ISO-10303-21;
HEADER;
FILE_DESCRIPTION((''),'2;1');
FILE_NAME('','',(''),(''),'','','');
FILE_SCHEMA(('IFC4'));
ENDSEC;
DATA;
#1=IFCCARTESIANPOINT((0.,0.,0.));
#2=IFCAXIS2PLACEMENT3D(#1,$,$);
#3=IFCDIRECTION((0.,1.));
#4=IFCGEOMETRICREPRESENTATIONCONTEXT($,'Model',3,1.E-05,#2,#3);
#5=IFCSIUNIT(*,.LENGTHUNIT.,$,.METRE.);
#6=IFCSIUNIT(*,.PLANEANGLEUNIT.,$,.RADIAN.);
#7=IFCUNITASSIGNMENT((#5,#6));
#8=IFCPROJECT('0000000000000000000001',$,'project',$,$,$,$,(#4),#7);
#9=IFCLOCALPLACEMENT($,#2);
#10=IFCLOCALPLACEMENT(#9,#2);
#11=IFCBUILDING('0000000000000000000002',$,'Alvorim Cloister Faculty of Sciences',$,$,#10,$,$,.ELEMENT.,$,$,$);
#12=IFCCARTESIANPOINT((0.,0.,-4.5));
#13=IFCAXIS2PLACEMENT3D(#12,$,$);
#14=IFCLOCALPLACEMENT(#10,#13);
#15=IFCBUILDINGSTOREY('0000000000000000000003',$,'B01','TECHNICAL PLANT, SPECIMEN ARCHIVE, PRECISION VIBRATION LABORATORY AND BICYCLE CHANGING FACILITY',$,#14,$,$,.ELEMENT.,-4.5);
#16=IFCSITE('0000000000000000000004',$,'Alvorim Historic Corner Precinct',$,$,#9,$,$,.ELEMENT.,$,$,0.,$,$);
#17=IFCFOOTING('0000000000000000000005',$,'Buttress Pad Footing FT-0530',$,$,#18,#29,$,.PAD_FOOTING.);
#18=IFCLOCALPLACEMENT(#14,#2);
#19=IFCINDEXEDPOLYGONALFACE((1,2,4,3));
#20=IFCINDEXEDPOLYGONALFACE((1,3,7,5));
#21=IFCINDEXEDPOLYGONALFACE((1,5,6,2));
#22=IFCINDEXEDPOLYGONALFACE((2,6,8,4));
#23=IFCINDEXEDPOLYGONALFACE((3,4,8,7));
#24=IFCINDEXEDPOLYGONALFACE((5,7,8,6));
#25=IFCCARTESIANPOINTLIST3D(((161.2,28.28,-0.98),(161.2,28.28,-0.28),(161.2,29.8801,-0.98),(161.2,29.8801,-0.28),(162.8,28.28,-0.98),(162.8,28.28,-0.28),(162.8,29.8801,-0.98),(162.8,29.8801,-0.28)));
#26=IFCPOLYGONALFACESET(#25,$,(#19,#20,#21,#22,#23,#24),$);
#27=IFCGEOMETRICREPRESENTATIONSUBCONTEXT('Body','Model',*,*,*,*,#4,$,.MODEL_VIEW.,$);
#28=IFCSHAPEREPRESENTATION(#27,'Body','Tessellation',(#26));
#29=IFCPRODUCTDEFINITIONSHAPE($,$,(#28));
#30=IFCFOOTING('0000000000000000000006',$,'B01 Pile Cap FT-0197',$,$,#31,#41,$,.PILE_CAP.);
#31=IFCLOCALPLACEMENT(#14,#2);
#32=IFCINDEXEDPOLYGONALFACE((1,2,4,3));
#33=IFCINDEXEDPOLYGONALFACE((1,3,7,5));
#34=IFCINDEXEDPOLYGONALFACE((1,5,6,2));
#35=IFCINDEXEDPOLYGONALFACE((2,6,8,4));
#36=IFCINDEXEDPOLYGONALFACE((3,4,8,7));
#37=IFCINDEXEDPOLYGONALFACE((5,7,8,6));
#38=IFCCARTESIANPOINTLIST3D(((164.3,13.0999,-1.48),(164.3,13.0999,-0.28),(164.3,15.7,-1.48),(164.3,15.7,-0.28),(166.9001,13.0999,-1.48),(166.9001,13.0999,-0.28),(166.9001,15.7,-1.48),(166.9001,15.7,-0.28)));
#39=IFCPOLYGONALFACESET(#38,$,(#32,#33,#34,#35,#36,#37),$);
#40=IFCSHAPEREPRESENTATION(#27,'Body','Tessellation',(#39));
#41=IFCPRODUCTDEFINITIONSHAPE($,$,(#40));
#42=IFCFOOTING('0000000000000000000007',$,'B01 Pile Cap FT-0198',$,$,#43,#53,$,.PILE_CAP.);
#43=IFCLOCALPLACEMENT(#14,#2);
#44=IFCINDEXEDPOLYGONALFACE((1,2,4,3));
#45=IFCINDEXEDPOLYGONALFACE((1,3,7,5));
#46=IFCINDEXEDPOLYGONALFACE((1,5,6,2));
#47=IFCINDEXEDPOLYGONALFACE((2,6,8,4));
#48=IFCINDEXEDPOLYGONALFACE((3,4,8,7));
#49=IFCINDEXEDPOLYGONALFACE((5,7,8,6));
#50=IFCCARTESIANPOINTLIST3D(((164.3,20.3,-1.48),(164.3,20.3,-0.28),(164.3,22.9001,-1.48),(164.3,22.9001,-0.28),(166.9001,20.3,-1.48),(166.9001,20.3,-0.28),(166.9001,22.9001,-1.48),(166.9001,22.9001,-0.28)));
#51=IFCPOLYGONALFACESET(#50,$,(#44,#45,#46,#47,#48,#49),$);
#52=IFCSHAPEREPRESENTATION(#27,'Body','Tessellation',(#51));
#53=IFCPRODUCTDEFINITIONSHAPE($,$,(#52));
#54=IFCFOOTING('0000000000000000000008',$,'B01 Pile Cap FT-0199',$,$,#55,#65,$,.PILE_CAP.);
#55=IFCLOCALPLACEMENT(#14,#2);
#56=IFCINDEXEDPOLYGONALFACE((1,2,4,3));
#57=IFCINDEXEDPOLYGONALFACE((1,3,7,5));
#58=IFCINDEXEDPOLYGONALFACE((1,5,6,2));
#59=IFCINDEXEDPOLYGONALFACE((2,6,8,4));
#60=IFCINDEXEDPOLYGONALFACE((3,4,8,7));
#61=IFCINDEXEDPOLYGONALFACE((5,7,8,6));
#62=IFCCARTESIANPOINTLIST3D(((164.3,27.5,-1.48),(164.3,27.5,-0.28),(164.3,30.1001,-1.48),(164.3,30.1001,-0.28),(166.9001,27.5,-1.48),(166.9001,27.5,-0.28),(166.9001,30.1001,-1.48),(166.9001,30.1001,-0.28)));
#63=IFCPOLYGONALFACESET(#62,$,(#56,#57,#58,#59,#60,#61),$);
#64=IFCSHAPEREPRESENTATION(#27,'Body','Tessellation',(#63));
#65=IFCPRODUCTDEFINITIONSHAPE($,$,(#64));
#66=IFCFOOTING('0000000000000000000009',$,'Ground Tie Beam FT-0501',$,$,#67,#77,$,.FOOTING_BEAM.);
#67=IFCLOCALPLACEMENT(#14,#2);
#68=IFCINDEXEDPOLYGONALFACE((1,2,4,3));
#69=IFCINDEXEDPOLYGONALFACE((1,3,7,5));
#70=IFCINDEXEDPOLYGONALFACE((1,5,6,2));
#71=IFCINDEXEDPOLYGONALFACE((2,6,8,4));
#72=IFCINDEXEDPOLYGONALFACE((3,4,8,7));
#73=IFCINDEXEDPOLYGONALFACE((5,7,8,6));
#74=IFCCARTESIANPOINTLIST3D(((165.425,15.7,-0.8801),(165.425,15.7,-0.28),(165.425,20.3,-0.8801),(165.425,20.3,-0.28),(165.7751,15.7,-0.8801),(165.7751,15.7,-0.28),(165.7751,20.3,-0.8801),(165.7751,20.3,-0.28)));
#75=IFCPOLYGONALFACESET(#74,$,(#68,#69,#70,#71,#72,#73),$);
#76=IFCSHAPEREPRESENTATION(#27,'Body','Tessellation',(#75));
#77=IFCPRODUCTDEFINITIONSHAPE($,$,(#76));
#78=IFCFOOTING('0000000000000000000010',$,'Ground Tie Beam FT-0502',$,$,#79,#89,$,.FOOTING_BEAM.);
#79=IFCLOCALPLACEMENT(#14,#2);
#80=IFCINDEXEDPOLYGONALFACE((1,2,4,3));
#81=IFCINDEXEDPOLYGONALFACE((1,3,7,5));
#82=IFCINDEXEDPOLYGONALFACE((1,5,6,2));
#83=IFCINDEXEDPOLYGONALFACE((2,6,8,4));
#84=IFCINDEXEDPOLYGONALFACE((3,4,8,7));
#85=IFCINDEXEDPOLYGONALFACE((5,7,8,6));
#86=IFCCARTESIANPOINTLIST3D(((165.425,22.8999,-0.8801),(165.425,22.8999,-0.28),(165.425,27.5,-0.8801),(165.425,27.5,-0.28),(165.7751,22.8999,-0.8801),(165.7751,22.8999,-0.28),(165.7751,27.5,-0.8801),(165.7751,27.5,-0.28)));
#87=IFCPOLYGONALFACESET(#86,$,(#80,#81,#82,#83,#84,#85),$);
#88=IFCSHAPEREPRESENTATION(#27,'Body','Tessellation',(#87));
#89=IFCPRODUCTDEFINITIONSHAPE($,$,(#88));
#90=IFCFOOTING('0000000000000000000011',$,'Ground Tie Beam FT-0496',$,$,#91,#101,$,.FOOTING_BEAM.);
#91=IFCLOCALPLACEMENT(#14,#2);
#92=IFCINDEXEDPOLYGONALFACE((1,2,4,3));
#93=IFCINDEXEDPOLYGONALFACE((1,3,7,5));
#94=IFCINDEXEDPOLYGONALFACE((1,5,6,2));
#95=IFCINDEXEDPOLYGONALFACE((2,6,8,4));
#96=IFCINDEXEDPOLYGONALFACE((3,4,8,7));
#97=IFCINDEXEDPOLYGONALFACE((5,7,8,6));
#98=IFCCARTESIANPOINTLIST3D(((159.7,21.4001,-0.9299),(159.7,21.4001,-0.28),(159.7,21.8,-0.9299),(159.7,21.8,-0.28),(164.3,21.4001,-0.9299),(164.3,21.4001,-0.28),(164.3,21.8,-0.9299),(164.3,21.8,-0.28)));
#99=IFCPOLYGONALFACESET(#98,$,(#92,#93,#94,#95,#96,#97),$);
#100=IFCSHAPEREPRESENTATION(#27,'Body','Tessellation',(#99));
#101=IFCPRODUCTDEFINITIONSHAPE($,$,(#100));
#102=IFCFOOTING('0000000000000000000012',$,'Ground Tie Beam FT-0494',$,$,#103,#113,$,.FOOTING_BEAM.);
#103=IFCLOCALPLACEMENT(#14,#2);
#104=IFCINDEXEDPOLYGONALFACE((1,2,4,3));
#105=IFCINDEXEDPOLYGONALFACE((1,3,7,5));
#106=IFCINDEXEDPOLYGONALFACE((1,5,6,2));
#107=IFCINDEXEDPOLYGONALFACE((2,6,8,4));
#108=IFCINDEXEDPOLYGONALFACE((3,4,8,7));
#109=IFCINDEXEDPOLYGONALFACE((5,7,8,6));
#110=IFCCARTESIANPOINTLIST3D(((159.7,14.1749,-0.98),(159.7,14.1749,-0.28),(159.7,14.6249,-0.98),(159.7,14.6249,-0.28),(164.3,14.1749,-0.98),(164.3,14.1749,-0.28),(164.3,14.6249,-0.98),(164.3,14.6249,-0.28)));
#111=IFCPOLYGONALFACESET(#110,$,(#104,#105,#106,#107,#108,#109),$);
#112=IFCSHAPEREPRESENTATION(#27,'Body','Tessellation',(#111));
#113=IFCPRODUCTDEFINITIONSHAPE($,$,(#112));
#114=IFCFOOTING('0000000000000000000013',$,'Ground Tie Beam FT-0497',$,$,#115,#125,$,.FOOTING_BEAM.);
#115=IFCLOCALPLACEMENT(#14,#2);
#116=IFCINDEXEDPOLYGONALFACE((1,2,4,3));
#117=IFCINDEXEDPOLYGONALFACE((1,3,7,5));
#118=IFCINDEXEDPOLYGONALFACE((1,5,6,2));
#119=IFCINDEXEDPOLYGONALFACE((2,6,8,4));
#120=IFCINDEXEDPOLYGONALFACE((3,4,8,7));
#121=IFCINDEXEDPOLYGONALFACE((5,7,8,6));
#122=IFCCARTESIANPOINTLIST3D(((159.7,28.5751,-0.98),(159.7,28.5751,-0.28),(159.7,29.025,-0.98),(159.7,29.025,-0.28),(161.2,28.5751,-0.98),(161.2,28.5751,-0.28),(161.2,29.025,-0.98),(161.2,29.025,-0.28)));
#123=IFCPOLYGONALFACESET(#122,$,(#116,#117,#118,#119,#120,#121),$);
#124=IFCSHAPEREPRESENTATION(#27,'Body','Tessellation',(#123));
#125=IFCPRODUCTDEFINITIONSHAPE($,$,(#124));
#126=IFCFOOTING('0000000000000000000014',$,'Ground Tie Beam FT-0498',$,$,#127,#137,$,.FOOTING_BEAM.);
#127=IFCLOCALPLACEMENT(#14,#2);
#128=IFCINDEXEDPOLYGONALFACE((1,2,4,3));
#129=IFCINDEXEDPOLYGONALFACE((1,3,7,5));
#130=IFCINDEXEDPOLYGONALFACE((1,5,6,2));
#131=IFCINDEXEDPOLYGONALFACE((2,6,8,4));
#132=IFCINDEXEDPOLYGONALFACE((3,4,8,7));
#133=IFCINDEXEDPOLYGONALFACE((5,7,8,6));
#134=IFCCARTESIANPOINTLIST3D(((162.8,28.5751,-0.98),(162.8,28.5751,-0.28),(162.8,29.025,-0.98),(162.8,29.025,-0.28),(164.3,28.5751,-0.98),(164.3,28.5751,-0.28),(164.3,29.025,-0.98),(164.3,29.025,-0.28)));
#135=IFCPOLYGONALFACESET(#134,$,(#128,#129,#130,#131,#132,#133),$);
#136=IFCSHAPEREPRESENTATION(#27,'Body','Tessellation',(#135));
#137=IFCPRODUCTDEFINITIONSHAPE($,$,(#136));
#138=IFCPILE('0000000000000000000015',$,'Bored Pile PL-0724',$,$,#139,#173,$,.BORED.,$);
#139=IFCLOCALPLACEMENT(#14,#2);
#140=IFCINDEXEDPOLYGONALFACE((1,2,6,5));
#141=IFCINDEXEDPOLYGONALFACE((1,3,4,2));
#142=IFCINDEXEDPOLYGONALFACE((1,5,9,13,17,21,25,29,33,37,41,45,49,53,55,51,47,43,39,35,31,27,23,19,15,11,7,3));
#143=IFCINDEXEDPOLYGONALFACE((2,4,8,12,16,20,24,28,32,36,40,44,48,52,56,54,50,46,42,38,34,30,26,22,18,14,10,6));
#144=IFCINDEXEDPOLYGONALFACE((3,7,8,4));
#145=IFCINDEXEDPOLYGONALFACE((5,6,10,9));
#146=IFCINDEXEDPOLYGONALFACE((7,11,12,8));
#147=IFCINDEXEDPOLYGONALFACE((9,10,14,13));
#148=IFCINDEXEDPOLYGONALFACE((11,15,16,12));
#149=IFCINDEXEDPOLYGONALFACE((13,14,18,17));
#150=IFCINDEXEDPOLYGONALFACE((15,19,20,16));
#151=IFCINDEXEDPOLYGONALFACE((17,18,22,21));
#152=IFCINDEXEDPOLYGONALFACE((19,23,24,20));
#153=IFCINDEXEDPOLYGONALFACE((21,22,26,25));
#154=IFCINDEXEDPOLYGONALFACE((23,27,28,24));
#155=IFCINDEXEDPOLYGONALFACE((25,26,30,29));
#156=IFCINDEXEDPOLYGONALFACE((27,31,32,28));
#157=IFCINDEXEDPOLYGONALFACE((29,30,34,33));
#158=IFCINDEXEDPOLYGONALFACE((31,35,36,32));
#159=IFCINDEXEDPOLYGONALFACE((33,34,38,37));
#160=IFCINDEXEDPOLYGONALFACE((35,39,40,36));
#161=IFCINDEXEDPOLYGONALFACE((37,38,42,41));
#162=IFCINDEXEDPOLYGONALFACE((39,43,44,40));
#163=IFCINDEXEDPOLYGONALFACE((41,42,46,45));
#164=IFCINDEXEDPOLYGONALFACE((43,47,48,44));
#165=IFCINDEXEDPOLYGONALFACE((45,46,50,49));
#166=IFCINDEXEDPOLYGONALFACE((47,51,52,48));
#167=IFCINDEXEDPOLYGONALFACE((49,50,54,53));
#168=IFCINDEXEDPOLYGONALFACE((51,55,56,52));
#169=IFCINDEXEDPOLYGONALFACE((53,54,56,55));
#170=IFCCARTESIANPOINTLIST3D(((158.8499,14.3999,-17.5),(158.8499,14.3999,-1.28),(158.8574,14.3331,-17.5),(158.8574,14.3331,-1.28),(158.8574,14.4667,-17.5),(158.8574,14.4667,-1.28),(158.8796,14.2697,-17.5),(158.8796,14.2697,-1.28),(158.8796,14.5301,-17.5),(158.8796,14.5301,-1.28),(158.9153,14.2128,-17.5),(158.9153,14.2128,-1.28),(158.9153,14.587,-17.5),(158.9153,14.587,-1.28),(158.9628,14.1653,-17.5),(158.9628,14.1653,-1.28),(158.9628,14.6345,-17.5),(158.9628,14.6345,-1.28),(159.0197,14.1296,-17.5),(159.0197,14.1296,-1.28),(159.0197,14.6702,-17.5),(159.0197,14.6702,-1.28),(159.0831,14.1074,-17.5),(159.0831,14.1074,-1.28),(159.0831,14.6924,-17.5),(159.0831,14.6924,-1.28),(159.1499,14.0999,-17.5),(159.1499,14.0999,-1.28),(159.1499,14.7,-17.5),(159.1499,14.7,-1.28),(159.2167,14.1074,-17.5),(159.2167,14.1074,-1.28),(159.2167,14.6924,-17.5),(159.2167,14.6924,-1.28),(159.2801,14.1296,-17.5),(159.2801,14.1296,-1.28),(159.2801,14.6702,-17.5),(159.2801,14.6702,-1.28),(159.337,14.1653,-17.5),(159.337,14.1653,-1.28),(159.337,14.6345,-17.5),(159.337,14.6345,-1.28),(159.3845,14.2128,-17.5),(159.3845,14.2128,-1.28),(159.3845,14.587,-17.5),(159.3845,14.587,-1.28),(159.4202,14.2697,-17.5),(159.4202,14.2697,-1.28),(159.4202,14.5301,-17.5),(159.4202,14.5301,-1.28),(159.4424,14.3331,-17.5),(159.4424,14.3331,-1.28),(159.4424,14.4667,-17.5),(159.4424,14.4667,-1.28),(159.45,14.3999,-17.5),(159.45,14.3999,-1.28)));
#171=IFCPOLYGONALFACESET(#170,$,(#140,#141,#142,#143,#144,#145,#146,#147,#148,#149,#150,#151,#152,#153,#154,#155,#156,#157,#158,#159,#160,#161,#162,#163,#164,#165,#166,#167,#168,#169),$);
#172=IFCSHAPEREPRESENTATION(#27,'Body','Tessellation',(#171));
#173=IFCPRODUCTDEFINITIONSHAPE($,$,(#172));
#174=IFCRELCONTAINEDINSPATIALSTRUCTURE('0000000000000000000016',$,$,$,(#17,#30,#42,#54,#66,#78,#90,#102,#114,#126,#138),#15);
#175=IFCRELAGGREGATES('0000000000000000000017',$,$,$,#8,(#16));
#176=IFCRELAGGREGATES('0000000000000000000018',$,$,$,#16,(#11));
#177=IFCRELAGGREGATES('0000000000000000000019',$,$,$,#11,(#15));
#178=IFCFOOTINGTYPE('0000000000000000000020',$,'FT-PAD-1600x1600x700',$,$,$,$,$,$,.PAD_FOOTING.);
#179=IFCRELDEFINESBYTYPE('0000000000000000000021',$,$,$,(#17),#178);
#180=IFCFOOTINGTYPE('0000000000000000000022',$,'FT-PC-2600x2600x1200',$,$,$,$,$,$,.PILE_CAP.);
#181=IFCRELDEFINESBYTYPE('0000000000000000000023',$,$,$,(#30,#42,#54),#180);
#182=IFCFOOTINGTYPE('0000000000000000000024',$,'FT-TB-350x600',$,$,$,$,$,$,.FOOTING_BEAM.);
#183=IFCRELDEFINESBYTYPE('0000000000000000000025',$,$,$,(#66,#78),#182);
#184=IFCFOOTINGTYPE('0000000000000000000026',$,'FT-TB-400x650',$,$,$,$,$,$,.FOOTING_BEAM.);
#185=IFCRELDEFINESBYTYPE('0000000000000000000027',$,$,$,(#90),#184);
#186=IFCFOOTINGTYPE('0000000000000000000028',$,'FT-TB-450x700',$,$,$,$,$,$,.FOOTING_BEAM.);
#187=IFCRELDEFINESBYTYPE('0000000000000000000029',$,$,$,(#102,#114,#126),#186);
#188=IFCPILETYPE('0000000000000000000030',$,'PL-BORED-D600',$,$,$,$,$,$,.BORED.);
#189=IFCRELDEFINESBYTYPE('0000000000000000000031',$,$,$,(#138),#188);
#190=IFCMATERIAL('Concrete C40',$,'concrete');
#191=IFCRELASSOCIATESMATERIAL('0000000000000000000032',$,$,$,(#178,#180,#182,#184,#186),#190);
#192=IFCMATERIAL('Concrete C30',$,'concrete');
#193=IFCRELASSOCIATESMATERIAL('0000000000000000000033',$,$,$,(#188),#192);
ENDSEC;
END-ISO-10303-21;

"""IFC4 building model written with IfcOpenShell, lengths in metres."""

from ifc_helpers import new_model, si_unit, direction, frame, origin, origin_2d, place, context, subcontext, project, spatial, rectangle, circle, extrude, material, material_profile, profile_set, type_object, element, save


model = new_model("IFC4")

# Units and contexts
model_context = context("Model", 3, precision=1e-05, world=origin(), true_north=direction((0.0, 1.0)))
body_context = subcontext(model_context, "Body", "Model", "MODEL_VIEW")
ifc_project = project(units=[si_unit("LENGTHUNIT", "METRE"), si_unit("PLANEANGLEUNIT", "RADIAN")], contexts=[model_context])

# Site, building, storey
site_placement = place(None, origin())
site = spatial("IfcSite", under=ifc_project, at=site_placement, Name="Alvorim Historic Corner Precinct", CompositionType="ELEMENT", RefElevation=0.0)
building_placement = place(site_placement, origin())
building = spatial("IfcBuilding", under=site, at=building_placement, Name="Alvorim Cloister Faculty of Sciences", CompositionType="ELEMENT")
storey_placement = place(building_placement, frame((0.0, 0.0, -4.5)))
storey = spatial("IfcBuildingStorey", under=building, at=storey_placement, Name="B01", Description="TECHNICAL PLANT, SPECIMEN ARCHIVE, PRECISION VIBRATION LABORATORY AND BICYCLE CHANGING FACILITY", CompositionType="ELEMENT", Elevation=-4.5)

# Footings
ifc_material_1 = material(Name="Concrete C40", Category="concrete")
footing_type_1 = type_object("IfcFootingType", Name="FT-PAD-1600x1600x700", PredefinedType="PAD_FOOTING", material=ifc_material_1)
footing_1_placement = place(storey_placement, frame((162.0, 29.0801, -0.98), z_axis=(0.0, 0.0, 1.0), x_axis=(1.0, 0.0, 0.0)))
element("IfcFooting", 1, at=footing_1_placement, inside=storey, type_object=footing_type_1, Name="Buttress Pad Footing FT-0530", PredefinedType="PAD_FOOTING", context=body_context, shape_type="SweptSolid", body=[
    extrude(rectangle(XDim=1.6001, YDim=1.6001, at=origin_2d()), origin(), (0.0, 0.0, 1.0), 0.7),
])
footing_type_2 = type_object("IfcFootingType", Name="FT-PC-2600x2600x1200", PredefinedType="PILE_CAP", material=ifc_material_1)
for number, where, z_axis, x_axis, name in (
    (2, (165.6001, 14.3999, -1.48), (0.0, 0.0, 1.0), (1.0, 0.0, 0.0), "B01 Pile Cap FT-0197"),
    (3, (165.6001, 21.6001, -1.48), (0.0, 0.0, 1.0), (1.0, 0.0, 0.0), "B01 Pile Cap FT-0198"),
    (4, (165.6001, 28.8, -1.48), (0.0, 0.0, 1.0), (1.0, 0.0, 0.0), "B01 Pile Cap FT-0199"),
):
    element("IfcFooting", number, at=place(storey_placement, frame(where, z_axis=z_axis, x_axis=x_axis)), inside=storey, type_object=footing_type_2, Name=name, PredefinedType="PILE_CAP", context=body_context, shape_type="SweptSolid", body=[
        extrude(rectangle(XDim=2.6001, YDim=2.6001, at=origin_2d()), origin(), (0.0, 0.0, 1.0), 1.2),
    ])
footing_type_3 = type_object("IfcFootingType", Name="FT-TB-350x600", PredefinedType="FOOTING_BEAM", material=ifc_material_1)
for number, where, z_axis, x_axis, name in (
    (5, (165.6001, 18.0, -0.8801), (0.0, 0.0, 1.0), (1.0, 0.0, 0.0), "Ground Tie Beam FT-0501"),
    (6, (165.6001, 25.2, -0.8801), (0.0, 0.0, 1.0), (1.0, 0.0, 0.0), "Ground Tie Beam FT-0502"),
):
    element("IfcFooting", number, at=place(storey_placement, frame(where, z_axis=z_axis, x_axis=x_axis)), inside=storey, type_object=footing_type_3, Name=name, PredefinedType="FOOTING_BEAM", context=body_context, shape_type="SweptSolid", body=[
        extrude(rectangle(XDim=0.3501, YDim=4.6001, at=origin_2d()), origin(), (0.0, 0.0, 1.0), 0.6001),
    ])
footing_type_4 = type_object("IfcFootingType", Name="FT-TB-400x650", PredefinedType="FOOTING_BEAM", material=ifc_material_1)
footing_2_placement = place(storey_placement, frame((162.0, 21.6001, -0.9299), z_axis=(0.0, 0.0, 1.0), x_axis=(1.0, 0.0, 0.0)))
element("IfcFooting", 7, at=footing_2_placement, inside=storey, type_object=footing_type_4, Name="Ground Tie Beam FT-0496", PredefinedType="FOOTING_BEAM", context=body_context, shape_type="SweptSolid", body=[
    extrude(rectangle(XDim=4.6001, YDim=0.3999, at=origin_2d()), origin(), (0.0, 0.0, 1.0), 0.6499),
])
footing_type_5 = type_object("IfcFootingType", Name="FT-TB-450x700", PredefinedType="FOOTING_BEAM", material=ifc_material_1)
footing_3_placement = place(storey_placement, frame((162.0, 14.3999, -0.98), z_axis=(0.0, 0.0, 1.0), x_axis=(1.0, 0.0, 0.0)))
element("IfcFooting", 8, at=footing_3_placement, inside=storey, type_object=footing_type_5, Name="Ground Tie Beam FT-0494", PredefinedType="FOOTING_BEAM", context=body_context, shape_type="SweptSolid", body=[
    extrude(rectangle(XDim=4.6001, YDim=0.45, at=origin_2d()), origin(), (0.0, 0.0, 1.0), 0.7),
])
for number, where, z_axis, x_axis, name in (
    (9, (160.45, 28.8, -0.98), (0.0, 0.0, 1.0), (1.0, 0.0, 0.0), "Ground Tie Beam FT-0497"),
    (10, (163.55, 28.8, -0.98), (0.0, 0.0, 1.0), (1.0, 0.0, 0.0), "Ground Tie Beam FT-0498"),
):
    element("IfcFooting", number, at=place(storey_placement, frame(where, z_axis=z_axis, x_axis=x_axis)), inside=storey, type_object=footing_type_5, Name=name, PredefinedType="FOOTING_BEAM", context=body_context, shape_type="SweptSolid", body=[
        extrude(rectangle(XDim=1.5, YDim=0.45, at=origin_2d()), origin(), (0.0, 0.0, 1.0), 0.7),
    ])

# Pile
ifc_material_2 = material(Name="Concrete C30", Category="concrete")
ifc_material_profile_1 = material_profile(ifc_material_2, circle(Radius=0.3, at=origin_2d()), Name="PILE-D600")
ifc_profile_set_1 = profile_set([ifc_material_profile_1], Name="Concrete C30")
pile_type = type_object("IfcPileType", Name="PL-BORED-D600", PredefinedType="BORED", material=ifc_profile_set_1)
pile_placement = place(storey_placement, frame((159.1499, 14.3999, -1.28), z_axis=(0.0, 0.0, -1.0), x_axis=(1.0, 0.0, 0.0)))
element("IfcPile", 11, at=pile_placement, inside=storey, type_object=pile_type, Name="Bored Pile PL-0724", PredefinedType="BORED", context=body_context, shape_type="SweptSolid", body=[
    extrude(circle(Radius=0.3, at=origin_2d()), origin(), (0.0, 0.0, 1.0), 16.22),
])

save(model, "model.ifc")
